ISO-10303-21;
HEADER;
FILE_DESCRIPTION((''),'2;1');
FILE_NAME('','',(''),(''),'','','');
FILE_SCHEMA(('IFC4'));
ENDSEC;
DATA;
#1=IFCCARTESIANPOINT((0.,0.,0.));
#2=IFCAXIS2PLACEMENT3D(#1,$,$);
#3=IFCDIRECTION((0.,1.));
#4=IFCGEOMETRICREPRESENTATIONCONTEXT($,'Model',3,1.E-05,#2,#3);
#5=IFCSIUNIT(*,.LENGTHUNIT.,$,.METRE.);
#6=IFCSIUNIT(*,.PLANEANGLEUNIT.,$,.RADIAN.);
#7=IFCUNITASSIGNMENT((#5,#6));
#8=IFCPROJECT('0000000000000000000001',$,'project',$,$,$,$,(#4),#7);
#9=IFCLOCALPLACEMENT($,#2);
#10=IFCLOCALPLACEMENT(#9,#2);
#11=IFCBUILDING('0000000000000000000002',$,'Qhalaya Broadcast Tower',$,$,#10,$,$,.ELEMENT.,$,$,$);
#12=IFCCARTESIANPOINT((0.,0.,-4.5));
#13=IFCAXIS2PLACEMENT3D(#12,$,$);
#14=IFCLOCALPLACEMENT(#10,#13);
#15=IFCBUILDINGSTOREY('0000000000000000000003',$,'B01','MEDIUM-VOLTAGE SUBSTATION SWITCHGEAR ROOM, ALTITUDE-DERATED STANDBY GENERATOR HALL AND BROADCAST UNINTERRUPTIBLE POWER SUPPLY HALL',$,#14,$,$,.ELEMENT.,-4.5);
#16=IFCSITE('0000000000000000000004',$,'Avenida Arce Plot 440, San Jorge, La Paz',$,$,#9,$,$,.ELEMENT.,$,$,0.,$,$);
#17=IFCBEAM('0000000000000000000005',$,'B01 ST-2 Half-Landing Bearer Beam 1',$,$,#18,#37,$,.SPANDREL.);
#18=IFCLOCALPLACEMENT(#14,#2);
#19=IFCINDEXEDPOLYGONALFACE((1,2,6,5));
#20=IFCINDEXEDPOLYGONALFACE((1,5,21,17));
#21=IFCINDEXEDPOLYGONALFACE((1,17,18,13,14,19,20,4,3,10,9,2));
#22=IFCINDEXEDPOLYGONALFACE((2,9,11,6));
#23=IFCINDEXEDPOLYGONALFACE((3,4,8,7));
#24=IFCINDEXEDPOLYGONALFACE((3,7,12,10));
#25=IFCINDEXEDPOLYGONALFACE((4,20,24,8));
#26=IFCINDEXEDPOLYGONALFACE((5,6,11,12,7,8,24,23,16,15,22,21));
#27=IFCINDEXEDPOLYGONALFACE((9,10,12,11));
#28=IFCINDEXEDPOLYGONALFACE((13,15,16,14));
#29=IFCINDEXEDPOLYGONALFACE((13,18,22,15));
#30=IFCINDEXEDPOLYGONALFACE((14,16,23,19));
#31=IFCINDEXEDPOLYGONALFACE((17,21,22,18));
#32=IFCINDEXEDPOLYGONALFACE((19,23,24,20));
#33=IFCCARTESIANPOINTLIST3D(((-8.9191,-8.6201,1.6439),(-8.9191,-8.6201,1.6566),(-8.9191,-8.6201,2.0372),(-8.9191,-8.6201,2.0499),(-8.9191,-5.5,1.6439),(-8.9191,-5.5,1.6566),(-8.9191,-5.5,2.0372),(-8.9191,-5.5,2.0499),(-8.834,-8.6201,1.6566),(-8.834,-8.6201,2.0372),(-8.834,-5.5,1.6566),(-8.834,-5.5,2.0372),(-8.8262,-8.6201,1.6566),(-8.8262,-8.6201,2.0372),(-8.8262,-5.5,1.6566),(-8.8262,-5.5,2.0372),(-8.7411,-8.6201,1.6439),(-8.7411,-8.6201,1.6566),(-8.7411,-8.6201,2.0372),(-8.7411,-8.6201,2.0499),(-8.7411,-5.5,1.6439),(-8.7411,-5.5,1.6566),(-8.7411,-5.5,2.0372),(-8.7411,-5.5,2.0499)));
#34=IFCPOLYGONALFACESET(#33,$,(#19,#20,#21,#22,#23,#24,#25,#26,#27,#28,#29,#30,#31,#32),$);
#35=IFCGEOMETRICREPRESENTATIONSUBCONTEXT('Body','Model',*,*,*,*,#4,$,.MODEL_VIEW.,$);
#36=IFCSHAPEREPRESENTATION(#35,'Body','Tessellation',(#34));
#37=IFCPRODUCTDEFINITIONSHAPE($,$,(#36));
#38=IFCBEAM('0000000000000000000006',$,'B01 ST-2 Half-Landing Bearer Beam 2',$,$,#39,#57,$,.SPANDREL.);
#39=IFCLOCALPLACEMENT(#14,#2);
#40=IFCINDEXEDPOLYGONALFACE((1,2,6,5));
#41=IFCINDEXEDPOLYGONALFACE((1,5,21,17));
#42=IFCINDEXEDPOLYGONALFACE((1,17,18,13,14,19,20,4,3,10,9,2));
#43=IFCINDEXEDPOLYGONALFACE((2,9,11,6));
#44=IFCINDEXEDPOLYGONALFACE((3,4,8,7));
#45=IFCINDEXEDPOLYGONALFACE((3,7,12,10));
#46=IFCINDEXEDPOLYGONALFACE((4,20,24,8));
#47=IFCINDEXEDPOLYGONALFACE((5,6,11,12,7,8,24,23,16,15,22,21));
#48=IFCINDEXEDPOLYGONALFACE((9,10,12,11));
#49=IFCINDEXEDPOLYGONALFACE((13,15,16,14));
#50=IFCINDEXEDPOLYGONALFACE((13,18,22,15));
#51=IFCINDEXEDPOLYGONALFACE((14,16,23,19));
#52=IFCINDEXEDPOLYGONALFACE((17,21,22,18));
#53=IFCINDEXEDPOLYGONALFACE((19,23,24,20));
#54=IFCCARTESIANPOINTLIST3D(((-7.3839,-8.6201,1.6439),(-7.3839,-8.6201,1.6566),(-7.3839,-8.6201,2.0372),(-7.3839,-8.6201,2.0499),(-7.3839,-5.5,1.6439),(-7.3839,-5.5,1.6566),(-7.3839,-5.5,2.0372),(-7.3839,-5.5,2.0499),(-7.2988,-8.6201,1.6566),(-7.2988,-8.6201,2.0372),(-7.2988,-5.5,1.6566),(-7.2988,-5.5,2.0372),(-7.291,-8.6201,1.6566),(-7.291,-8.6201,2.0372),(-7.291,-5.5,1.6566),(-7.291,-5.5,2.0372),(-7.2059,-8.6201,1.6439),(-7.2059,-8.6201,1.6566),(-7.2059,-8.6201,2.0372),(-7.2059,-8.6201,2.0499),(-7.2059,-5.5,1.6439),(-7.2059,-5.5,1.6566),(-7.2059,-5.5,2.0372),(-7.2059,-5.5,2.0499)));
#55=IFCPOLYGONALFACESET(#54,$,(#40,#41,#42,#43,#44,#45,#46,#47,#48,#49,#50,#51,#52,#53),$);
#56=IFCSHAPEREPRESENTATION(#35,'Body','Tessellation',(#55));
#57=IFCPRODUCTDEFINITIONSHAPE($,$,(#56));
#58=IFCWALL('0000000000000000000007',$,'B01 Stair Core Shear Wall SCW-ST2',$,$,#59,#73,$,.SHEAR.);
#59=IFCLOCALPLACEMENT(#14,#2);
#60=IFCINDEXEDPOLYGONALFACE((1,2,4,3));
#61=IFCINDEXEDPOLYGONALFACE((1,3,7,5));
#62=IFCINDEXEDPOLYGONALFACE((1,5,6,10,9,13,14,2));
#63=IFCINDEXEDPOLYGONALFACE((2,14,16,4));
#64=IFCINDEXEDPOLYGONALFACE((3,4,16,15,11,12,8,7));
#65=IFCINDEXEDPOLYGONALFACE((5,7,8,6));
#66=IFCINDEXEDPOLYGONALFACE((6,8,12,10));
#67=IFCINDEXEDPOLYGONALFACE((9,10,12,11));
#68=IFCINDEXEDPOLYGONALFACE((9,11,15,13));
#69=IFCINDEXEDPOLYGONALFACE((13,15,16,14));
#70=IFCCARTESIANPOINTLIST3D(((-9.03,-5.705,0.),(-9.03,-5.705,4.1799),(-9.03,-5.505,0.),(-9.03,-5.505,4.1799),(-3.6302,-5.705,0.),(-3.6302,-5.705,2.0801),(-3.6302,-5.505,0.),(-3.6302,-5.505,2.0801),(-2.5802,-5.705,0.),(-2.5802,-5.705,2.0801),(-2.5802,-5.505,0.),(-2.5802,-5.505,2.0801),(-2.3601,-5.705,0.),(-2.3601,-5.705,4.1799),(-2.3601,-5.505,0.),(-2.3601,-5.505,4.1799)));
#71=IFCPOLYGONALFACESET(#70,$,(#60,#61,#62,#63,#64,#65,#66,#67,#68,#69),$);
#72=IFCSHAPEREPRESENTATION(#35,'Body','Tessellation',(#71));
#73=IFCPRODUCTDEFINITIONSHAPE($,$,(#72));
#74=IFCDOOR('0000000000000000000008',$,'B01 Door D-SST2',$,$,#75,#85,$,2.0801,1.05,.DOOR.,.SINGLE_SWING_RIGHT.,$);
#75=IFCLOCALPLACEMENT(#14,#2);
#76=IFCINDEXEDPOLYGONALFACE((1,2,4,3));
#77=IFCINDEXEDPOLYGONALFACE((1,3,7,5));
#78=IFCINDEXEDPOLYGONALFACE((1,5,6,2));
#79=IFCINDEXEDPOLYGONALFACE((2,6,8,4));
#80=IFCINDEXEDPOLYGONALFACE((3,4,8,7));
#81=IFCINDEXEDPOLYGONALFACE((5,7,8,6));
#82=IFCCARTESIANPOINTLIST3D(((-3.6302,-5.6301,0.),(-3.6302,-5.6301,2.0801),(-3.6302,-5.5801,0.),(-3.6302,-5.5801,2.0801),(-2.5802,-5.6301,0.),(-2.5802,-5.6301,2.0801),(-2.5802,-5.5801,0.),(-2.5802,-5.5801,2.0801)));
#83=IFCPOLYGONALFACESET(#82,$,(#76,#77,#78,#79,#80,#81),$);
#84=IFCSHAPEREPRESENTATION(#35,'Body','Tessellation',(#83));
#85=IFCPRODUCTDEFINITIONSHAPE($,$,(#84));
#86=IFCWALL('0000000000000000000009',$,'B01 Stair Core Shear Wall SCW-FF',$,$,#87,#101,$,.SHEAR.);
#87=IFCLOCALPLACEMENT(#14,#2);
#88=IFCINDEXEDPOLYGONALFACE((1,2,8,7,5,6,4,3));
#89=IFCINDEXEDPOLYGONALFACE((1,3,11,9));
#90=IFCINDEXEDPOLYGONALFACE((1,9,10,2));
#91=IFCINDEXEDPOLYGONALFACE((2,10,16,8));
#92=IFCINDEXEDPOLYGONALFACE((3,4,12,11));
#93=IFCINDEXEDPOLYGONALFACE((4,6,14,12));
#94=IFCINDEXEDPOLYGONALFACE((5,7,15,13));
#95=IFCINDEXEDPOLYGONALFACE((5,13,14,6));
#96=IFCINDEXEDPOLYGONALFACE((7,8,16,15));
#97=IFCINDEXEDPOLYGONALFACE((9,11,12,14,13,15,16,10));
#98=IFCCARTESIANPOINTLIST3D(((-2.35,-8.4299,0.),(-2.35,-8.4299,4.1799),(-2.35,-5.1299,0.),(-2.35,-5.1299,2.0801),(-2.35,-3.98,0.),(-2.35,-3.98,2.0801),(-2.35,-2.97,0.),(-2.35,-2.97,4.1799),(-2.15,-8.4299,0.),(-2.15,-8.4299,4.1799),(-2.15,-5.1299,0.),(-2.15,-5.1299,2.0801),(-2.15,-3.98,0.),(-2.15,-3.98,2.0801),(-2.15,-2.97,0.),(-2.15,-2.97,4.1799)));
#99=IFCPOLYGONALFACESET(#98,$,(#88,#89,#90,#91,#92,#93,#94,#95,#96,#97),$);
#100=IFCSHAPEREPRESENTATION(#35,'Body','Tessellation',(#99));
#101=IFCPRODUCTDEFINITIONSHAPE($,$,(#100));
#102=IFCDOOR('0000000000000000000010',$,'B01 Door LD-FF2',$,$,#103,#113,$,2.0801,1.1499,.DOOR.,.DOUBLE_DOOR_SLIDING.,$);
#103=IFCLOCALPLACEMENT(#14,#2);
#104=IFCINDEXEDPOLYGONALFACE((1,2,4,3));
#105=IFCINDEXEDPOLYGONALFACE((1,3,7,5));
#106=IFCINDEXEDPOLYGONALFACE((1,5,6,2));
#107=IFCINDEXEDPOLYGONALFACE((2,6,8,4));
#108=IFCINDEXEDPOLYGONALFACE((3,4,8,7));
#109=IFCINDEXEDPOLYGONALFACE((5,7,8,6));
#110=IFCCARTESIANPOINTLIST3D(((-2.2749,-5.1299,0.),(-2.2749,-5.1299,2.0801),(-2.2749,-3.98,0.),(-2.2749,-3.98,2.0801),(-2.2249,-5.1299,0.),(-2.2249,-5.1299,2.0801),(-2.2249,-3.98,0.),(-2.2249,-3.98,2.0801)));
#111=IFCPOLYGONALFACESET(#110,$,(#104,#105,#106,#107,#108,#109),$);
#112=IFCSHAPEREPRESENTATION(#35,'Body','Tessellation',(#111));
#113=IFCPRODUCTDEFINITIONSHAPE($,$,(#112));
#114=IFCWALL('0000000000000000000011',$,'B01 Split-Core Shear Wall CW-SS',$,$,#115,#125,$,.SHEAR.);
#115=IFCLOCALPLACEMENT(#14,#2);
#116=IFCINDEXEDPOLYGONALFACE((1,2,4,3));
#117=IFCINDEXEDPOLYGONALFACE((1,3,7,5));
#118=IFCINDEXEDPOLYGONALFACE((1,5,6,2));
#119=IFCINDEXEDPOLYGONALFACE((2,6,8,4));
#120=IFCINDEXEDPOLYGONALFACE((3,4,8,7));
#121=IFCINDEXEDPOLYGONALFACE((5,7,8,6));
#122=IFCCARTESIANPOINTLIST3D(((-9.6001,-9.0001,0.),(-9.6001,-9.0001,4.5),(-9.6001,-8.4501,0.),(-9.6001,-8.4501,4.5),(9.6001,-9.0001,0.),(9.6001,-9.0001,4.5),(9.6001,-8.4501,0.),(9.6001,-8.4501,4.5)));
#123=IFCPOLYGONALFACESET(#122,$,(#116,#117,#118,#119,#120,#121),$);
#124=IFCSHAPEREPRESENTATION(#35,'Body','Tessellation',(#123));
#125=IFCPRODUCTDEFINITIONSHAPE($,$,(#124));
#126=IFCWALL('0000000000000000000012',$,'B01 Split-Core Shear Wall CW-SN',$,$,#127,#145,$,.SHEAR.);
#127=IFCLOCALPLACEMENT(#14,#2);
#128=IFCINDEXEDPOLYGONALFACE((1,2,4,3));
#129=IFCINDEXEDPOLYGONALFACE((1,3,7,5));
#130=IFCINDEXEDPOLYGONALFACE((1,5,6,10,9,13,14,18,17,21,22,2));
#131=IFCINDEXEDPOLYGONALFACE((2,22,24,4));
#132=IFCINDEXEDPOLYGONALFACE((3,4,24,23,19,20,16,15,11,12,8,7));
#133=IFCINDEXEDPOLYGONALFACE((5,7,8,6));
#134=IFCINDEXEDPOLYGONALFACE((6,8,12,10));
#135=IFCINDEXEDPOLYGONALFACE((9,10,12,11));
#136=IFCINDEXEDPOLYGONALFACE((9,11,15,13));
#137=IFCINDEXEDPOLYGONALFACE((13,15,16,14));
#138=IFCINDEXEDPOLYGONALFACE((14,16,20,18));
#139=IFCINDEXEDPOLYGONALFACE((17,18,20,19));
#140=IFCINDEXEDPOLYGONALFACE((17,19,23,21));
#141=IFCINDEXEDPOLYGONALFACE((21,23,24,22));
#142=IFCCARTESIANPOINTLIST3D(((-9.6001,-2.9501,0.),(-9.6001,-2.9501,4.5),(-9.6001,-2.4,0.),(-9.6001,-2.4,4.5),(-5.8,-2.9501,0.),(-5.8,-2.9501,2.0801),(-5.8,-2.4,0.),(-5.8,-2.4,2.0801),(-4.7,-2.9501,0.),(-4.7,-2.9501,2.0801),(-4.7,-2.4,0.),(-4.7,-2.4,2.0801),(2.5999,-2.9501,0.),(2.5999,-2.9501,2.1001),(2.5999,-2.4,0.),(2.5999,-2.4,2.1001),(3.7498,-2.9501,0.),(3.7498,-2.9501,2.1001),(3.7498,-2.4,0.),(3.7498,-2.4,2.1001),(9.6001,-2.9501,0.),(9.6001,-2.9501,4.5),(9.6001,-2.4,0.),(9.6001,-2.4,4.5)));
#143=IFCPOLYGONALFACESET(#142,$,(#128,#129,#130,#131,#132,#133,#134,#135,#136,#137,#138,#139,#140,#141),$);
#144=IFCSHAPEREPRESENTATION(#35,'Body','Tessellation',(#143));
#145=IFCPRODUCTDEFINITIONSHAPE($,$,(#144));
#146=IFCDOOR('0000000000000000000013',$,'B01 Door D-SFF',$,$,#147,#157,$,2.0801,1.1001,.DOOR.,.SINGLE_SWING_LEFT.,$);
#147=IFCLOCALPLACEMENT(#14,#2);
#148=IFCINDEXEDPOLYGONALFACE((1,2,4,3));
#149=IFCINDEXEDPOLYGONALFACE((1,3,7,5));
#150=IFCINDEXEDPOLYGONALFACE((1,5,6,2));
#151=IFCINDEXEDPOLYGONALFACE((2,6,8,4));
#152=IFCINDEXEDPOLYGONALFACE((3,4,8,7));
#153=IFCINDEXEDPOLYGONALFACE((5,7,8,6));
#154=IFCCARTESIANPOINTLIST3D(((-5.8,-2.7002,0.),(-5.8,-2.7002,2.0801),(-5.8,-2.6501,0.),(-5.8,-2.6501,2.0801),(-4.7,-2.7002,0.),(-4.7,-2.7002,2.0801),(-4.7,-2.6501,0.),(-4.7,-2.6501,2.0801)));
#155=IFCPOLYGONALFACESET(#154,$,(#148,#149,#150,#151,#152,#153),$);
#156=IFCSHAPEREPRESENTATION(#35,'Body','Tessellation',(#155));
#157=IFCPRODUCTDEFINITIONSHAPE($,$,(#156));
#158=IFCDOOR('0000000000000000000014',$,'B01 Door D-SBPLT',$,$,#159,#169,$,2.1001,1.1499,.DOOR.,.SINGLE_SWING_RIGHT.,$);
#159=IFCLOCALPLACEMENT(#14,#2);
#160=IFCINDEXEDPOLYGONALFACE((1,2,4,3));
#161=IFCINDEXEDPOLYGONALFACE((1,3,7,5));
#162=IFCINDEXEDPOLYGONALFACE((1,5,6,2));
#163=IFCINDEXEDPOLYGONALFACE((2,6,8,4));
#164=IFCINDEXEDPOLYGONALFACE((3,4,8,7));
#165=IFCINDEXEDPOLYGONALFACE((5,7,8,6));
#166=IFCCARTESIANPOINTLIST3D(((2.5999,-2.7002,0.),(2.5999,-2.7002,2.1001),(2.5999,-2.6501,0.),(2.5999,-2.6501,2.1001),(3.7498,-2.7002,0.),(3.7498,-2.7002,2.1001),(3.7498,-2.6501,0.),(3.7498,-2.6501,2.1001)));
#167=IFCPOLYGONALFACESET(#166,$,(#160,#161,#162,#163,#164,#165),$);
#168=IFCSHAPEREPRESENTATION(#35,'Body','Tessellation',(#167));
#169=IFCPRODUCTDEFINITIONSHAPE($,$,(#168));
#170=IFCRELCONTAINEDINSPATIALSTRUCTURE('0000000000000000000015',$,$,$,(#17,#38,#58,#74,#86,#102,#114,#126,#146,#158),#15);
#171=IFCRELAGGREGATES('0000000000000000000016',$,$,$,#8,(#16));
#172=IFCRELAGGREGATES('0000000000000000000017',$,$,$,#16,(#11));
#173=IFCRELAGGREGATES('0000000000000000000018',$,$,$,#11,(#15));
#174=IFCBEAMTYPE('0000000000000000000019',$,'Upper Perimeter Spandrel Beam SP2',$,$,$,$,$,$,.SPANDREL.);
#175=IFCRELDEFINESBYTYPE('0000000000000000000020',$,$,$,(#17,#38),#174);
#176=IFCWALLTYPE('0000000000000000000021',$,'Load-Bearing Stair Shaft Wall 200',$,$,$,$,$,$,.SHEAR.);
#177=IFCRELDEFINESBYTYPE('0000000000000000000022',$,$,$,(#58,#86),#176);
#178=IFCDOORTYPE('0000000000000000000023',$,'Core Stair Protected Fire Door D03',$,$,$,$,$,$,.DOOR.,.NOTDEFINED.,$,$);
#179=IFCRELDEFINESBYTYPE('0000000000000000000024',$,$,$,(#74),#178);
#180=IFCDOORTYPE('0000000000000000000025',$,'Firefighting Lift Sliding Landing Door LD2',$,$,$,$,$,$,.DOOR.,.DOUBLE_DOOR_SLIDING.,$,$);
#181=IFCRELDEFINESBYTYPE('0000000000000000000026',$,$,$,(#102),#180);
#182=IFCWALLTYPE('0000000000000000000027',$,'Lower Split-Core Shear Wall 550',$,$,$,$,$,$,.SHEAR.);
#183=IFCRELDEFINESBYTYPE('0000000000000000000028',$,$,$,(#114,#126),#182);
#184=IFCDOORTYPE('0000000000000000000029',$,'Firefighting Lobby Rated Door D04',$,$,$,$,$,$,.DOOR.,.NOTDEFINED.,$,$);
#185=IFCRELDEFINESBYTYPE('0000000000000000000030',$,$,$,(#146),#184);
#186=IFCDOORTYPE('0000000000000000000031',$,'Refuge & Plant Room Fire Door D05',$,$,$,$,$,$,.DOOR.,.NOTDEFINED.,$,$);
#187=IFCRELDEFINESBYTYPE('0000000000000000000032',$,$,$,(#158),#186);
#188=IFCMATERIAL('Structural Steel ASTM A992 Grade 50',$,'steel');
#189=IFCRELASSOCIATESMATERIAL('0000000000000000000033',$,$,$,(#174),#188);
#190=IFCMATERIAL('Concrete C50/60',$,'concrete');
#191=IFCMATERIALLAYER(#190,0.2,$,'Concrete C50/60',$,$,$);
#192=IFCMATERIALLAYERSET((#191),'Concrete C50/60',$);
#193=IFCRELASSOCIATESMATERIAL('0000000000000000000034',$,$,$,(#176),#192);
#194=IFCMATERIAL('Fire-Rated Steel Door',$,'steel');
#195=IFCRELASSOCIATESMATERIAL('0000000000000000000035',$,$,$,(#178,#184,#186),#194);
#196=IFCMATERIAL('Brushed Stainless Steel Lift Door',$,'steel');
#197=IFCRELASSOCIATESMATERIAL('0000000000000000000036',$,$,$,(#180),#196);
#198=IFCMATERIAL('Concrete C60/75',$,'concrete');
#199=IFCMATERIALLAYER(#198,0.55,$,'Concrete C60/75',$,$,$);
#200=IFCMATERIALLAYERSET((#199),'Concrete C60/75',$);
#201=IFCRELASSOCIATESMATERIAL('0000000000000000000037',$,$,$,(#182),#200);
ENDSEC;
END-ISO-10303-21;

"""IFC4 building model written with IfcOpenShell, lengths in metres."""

from ifc_helpers import new_model, si_unit, direction, frame, frame_2d, origin, origin_2d, place, context, subcontext, project, spatial, rectangle, i_section, extrude, material, layer, layer_set, material_profile, profile_set, type_object, element, fill, save


model = new_model("IFC4")

# Units and contexts
model_context = context("Model", 3, precision=1e-05, world=origin(), true_north=direction((0.0, 1.0)))
body_context = subcontext(model_context, "Body", "Model", "MODEL_VIEW")
ifc_project = project(units=[si_unit("LENGTHUNIT", "METRE"), si_unit("PLANEANGLEUNIT", "RADIAN")], contexts=[model_context])

# Site, building, storey
site_placement = place(None, origin())
site = spatial("IfcSite", under=ifc_project, at=site_placement, Name="Avenida Arce Plot 440, San Jorge, La Paz", CompositionType="ELEMENT", RefElevation=0.0)
building_placement = place(site_placement, origin())
building = spatial("IfcBuilding", under=site, at=building_placement, Name="Qhalaya Broadcast Tower", CompositionType="ELEMENT")
storey_placement = place(building_placement, frame((0.0, 0.0, -4.5)))
storey = spatial("IfcBuildingStorey", under=building, at=storey_placement, Name="B01", Description="MEDIUM-VOLTAGE SUBSTATION SWITCHGEAR ROOM, ALTITUDE-DERATED STANDBY GENERATOR HALL AND BROADCAST UNINTERRUPTIBLE POWER SUPPLY HALL", CompositionType="ELEMENT", Elevation=-4.5)

# Shared definitions
ifc_material_1 = material(Name="Concrete C60/75", Category="concrete")

# Beams
ifc_material_2 = material(Name="Structural Steel ASTM A992 Grade 50", Category="steel")
ifc_material_profile_1 = material_profile(ifc_material_2, i_section(OverallWidth=0.178, OverallDepth=0.406, WebThickness=0.0078, FlangeThickness=0.0127, at=origin_2d()), Name="W16X40")
ifc_profile_set_1 = profile_set([ifc_material_profile_1], Name="Structural Steel ASTM A992 Grade 50")
beam_type_1 = type_object("IfcBeamType", Name="Upper Perimeter Spandrel Beam SP2", PredefinedType="SPANDREL", material=ifc_profile_set_1)
for number, where, z_axis, x_axis, name in (
    (1, (-8.8301, -8.6201, 1.8469), (0.0, 1.0, 0.0), (-1.0, 0.0, 0.0), "B01 ST-2 Half-Landing Bearer Beam 1"),
    (2, (-7.2949, -8.6201, 1.8469), (0.0, 1.0, 0.0), (-1.0, 0.0, 0.0), "B01 ST-2 Half-Landing Bearer Beam 2"),
):
    element("IfcBeam", number, at=place(storey_placement, frame(where, z_axis=z_axis, x_axis=x_axis)), inside=storey, type_object=beam_type_1, Name=name, PredefinedType="SPANDREL", context=body_context, shape_type="SweptSolid", body=[
        extrude(i_section(OverallWidth=0.178, OverallDepth=0.406, WebThickness=0.0078, FlangeThickness=0.0127, at=origin_2d()), origin(), (0.0, 0.0, 1.0), 3.1201),
    ])

# Walls, openings, doors
ifc_material_3 = material(Name="Concrete C50/60", Category="concrete")
ifc_layer_1 = layer(ifc_material_3, 0.2, Name="Concrete C50/60")
ifc_layer_set_1 = layer_set([ifc_layer_1], Name="Concrete C50/60")
wall_type_1 = type_object("IfcWallType", Name="Load-Bearing Stair Shaft Wall 200", PredefinedType="SHEAR", material=ifc_layer_set_1)
wall_1_placement = place(storey_placement, frame((-9.03, -5.605, 0.0), z_axis=(0.0, 0.0, 1.0), x_axis=(1.0, 0.0, 0.0)))
wall_1 = element("IfcWall", 3, at=wall_1_placement, inside=storey, type_object=wall_type_1, Name="B01 Stair Core Shear Wall SCW-ST2", PredefinedType="SHEAR", context=body_context, shape_type="SweptSolid", body=[
    extrude(rectangle(XDim=6.6699, YDim=0.2, at=frame_2d((3.335, 0.0))), origin(), (0.0, 0.0, 1.0), 4.1799),
])
opening_1_placement = place(wall_1_placement, frame((5.3999, 0.0, 0.0)))
opening_1 = element("IfcOpeningElement", 4, at=opening_1_placement, cuts=wall_1, PredefinedType="OPENING", context=body_context, shape_type="SweptSolid", body=[
    extrude(rectangle(XDim=1.05, YDim=2.0801, at=frame_2d((0.5249, 1.04))), frame((0.0, 0.1121, 0.0), z_axis=(0.0, -1.0, 0.0), x_axis=(1.0, 0.0, 0.0)), (0.0, 0.0, 1.0), 0.2239),
])
ifc_material_4 = material(Name="Fire-Rated Steel Door", Category="steel")
door_type_1 = type_object("IfcDoorType", Name="Core Stair Protected Fire Door D03", OperationType="NOTDEFINED", PredefinedType="DOOR", material=ifc_material_4)
door_1_placement = place(opening_1_placement, origin())
door_1 = element("IfcDoor", 5, at=door_1_placement, inside=storey, type_object=door_type_1, Name="B01 Door D-SST2", OperationType="SINGLE_SWING_RIGHT", OverallHeight=2.0801, OverallWidth=1.05, PredefinedType="DOOR", context=body_context, shape_type="SweptSolid", body=[
    extrude(rectangle(XDim=1.05, YDim=2.0801, at=frame_2d((0.5249, 1.04))), frame((0.0, 0.0249, 0.0), z_axis=(0.0, -1.0, 0.0), x_axis=(1.0, 0.0, 0.0)), (0.0, 0.0, 1.0), 0.05),
])
fill(opening_1, door_1)
wall_2_placement = place(storey_placement, frame((-2.25, -8.4299, 0.0), z_axis=(0.0, 0.0, 1.0), x_axis=(0.0, 1.0, 0.0)))
wall_2 = element("IfcWall", 6, at=wall_2_placement, inside=storey, type_object=wall_type_1, Name="B01 Stair Core Shear Wall SCW-FF", PredefinedType="SHEAR", context=body_context, shape_type="SweptSolid", body=[
    extrude(rectangle(XDim=5.46, YDim=0.2, at=frame_2d((2.73, 0.0))), origin(), (0.0, 0.0, 1.0), 4.1799),
])
opening_2_placement = place(wall_2_placement, frame((3.3, 0.0, 0.0)))
opening_2 = element("IfcOpeningElement", 7, at=opening_2_placement, cuts=wall_2, PredefinedType="OPENING", context=body_context, shape_type="SweptSolid", body=[
    extrude(rectangle(XDim=1.1499, YDim=2.0801, at=frame_2d((0.575, 1.04))), frame((0.0, 0.1121, 0.0), z_axis=(0.0, -1.0, 0.0), x_axis=(1.0, 0.0, 0.0)), (0.0, 0.0, 1.0), 0.2239),
])
ifc_material_5 = material(Name="Brushed Stainless Steel Lift Door", Category="steel")
door_type_2 = type_object("IfcDoorType", Name="Firefighting Lift Sliding Landing Door LD2", OperationType="DOUBLE_DOOR_SLIDING", PredefinedType="DOOR", material=ifc_material_5)
door_2_placement = place(opening_2_placement, origin())
door_2 = element("IfcDoor", 8, at=door_2_placement, inside=storey, type_object=door_type_2, Name="B01 Door LD-FF2", OperationType="DOUBLE_DOOR_SLIDING", OverallHeight=2.0801, OverallWidth=1.1499, PredefinedType="DOOR", context=body_context, shape_type="SweptSolid", body=[
    extrude(rectangle(XDim=1.1499, YDim=2.0801, at=frame_2d((0.575, 1.04))), frame((0.0, 0.0249, 0.0), z_axis=(0.0, -1.0, 0.0), x_axis=(1.0, 0.0, 0.0)), (0.0, 0.0, 1.0), 0.05),
])
fill(opening_2, door_2)

# Wall
ifc_layer_2 = layer(ifc_material_1, 0.55, Name="Concrete C60/75")
ifc_layer_set_2 = layer_set([ifc_layer_2], Name="Concrete C60/75")
wall_type_2 = type_object("IfcWallType", Name="Lower Split-Core Shear Wall 550", PredefinedType="SHEAR", material=ifc_layer_set_2)
wall_3_placement = place(storey_placement, frame((-9.6001, -8.7251, 0.0), z_axis=(0.0, 0.0, 1.0), x_axis=(1.0, 0.0, 0.0)))
element("IfcWall", 9, at=wall_3_placement, inside=storey, type_object=wall_type_2, Name="B01 Split-Core Shear Wall CW-SS", PredefinedType="SHEAR", context=body_context, shape_type="SweptSolid", body=[
    extrude(rectangle(XDim=19.2002, YDim=0.55, at=frame_2d((9.6001, 0.0))), origin(), (0.0, 0.0, 1.0), 4.5),
])

# Wall, openings, doors
wall_4_placement = place(storey_placement, frame((-9.6001, -2.675, 0.0), z_axis=(0.0, 0.0, 1.0), x_axis=(1.0, 0.0, 0.0)))
wall_4 = element("IfcWall", 10, at=wall_4_placement, inside=storey, type_object=wall_type_2, Name="B01 Split-Core Shear Wall CW-SN", PredefinedType="SHEAR", context=body_context, shape_type="SweptSolid", body=[
    extrude(rectangle(XDim=19.2002, YDim=0.55, at=frame_2d((9.6001, 0.0))), origin(), (0.0, 0.0, 1.0), 4.5),
])
opening_3_placement = place(wall_4_placement, frame((3.8, 0.0, 0.0)))
opening_3 = element("IfcOpeningElement", 11, at=opening_3_placement, cuts=wall_4, PredefinedType="OPENING", context=body_context, shape_type="SweptSolid", body=[
    extrude(rectangle(XDim=1.1001, YDim=2.0801, at=frame_2d((0.55, 1.04))), frame((0.0, 0.2871, 0.0), z_axis=(0.0, -1.0, 0.0), x_axis=(1.0, 0.0, 0.0)), (0.0, 0.0, 1.0), 0.574),
])
opening_4_placement = place(wall_4_placement, frame((12.2, 0.0, 0.0)))
opening_4 = element("IfcOpeningElement", 12, at=opening_4_placement, cuts=wall_4, PredefinedType="OPENING", context=body_context, shape_type="SweptSolid", body=[
    extrude(rectangle(XDim=1.1499, YDim=2.1001, at=frame_2d((0.575, 1.05))), frame((0.0, 0.2871, 0.0), z_axis=(0.0, -1.0, 0.0), x_axis=(1.0, 0.0, 0.0)), (0.0, 0.0, 1.0), 0.574),
])
door_type_3 = type_object("IfcDoorType", Name="Firefighting Lobby Rated Door D04", OperationType="NOTDEFINED", PredefinedType="DOOR", material=ifc_material_4)
door_3_placement = place(opening_3_placement, origin())
door_3 = element("IfcDoor", 13, at=door_3_placement, inside=storey, type_object=door_type_3, Name="B01 Door D-SFF", OperationType="SINGLE_SWING_LEFT", OverallHeight=2.0801, OverallWidth=1.1001, PredefinedType="DOOR", context=body_context, shape_type="SweptSolid", body=[
    extrude(rectangle(XDim=1.1001, YDim=2.0801, at=frame_2d((0.55, 1.04))), frame((0.0, 0.0249, 0.0), z_axis=(0.0, -1.0, 0.0), x_axis=(1.0, 0.0, 0.0)), (0.0, 0.0, 1.0), 0.05),
])
fill(opening_3, door_3)
door_type_4 = type_object("IfcDoorType", Name="Refuge & Plant Room Fire Door D05", OperationType="NOTDEFINED", PredefinedType="DOOR", material=ifc_material_4)
door_4_placement = place(opening_4_placement, origin())
door_4 = element("IfcDoor", 14, at=door_4_placement, inside=storey, type_object=door_type_4, Name="B01 Door D-SBPLT", OperationType="SINGLE_SWING_RIGHT", OverallHeight=2.1001, OverallWidth=1.1499, PredefinedType="DOOR", context=body_context, shape_type="SweptSolid", body=[
    extrude(rectangle(XDim=1.1499, YDim=2.1001, at=frame_2d((0.575, 1.05))), frame((0.0, 0.0249, 0.0), z_axis=(0.0, -1.0, 0.0), x_axis=(1.0, 0.0, 0.0)), (0.0, 0.0, 1.0), 0.05),
])
fill(opening_4, door_4)

save(model, "model.ifc")
